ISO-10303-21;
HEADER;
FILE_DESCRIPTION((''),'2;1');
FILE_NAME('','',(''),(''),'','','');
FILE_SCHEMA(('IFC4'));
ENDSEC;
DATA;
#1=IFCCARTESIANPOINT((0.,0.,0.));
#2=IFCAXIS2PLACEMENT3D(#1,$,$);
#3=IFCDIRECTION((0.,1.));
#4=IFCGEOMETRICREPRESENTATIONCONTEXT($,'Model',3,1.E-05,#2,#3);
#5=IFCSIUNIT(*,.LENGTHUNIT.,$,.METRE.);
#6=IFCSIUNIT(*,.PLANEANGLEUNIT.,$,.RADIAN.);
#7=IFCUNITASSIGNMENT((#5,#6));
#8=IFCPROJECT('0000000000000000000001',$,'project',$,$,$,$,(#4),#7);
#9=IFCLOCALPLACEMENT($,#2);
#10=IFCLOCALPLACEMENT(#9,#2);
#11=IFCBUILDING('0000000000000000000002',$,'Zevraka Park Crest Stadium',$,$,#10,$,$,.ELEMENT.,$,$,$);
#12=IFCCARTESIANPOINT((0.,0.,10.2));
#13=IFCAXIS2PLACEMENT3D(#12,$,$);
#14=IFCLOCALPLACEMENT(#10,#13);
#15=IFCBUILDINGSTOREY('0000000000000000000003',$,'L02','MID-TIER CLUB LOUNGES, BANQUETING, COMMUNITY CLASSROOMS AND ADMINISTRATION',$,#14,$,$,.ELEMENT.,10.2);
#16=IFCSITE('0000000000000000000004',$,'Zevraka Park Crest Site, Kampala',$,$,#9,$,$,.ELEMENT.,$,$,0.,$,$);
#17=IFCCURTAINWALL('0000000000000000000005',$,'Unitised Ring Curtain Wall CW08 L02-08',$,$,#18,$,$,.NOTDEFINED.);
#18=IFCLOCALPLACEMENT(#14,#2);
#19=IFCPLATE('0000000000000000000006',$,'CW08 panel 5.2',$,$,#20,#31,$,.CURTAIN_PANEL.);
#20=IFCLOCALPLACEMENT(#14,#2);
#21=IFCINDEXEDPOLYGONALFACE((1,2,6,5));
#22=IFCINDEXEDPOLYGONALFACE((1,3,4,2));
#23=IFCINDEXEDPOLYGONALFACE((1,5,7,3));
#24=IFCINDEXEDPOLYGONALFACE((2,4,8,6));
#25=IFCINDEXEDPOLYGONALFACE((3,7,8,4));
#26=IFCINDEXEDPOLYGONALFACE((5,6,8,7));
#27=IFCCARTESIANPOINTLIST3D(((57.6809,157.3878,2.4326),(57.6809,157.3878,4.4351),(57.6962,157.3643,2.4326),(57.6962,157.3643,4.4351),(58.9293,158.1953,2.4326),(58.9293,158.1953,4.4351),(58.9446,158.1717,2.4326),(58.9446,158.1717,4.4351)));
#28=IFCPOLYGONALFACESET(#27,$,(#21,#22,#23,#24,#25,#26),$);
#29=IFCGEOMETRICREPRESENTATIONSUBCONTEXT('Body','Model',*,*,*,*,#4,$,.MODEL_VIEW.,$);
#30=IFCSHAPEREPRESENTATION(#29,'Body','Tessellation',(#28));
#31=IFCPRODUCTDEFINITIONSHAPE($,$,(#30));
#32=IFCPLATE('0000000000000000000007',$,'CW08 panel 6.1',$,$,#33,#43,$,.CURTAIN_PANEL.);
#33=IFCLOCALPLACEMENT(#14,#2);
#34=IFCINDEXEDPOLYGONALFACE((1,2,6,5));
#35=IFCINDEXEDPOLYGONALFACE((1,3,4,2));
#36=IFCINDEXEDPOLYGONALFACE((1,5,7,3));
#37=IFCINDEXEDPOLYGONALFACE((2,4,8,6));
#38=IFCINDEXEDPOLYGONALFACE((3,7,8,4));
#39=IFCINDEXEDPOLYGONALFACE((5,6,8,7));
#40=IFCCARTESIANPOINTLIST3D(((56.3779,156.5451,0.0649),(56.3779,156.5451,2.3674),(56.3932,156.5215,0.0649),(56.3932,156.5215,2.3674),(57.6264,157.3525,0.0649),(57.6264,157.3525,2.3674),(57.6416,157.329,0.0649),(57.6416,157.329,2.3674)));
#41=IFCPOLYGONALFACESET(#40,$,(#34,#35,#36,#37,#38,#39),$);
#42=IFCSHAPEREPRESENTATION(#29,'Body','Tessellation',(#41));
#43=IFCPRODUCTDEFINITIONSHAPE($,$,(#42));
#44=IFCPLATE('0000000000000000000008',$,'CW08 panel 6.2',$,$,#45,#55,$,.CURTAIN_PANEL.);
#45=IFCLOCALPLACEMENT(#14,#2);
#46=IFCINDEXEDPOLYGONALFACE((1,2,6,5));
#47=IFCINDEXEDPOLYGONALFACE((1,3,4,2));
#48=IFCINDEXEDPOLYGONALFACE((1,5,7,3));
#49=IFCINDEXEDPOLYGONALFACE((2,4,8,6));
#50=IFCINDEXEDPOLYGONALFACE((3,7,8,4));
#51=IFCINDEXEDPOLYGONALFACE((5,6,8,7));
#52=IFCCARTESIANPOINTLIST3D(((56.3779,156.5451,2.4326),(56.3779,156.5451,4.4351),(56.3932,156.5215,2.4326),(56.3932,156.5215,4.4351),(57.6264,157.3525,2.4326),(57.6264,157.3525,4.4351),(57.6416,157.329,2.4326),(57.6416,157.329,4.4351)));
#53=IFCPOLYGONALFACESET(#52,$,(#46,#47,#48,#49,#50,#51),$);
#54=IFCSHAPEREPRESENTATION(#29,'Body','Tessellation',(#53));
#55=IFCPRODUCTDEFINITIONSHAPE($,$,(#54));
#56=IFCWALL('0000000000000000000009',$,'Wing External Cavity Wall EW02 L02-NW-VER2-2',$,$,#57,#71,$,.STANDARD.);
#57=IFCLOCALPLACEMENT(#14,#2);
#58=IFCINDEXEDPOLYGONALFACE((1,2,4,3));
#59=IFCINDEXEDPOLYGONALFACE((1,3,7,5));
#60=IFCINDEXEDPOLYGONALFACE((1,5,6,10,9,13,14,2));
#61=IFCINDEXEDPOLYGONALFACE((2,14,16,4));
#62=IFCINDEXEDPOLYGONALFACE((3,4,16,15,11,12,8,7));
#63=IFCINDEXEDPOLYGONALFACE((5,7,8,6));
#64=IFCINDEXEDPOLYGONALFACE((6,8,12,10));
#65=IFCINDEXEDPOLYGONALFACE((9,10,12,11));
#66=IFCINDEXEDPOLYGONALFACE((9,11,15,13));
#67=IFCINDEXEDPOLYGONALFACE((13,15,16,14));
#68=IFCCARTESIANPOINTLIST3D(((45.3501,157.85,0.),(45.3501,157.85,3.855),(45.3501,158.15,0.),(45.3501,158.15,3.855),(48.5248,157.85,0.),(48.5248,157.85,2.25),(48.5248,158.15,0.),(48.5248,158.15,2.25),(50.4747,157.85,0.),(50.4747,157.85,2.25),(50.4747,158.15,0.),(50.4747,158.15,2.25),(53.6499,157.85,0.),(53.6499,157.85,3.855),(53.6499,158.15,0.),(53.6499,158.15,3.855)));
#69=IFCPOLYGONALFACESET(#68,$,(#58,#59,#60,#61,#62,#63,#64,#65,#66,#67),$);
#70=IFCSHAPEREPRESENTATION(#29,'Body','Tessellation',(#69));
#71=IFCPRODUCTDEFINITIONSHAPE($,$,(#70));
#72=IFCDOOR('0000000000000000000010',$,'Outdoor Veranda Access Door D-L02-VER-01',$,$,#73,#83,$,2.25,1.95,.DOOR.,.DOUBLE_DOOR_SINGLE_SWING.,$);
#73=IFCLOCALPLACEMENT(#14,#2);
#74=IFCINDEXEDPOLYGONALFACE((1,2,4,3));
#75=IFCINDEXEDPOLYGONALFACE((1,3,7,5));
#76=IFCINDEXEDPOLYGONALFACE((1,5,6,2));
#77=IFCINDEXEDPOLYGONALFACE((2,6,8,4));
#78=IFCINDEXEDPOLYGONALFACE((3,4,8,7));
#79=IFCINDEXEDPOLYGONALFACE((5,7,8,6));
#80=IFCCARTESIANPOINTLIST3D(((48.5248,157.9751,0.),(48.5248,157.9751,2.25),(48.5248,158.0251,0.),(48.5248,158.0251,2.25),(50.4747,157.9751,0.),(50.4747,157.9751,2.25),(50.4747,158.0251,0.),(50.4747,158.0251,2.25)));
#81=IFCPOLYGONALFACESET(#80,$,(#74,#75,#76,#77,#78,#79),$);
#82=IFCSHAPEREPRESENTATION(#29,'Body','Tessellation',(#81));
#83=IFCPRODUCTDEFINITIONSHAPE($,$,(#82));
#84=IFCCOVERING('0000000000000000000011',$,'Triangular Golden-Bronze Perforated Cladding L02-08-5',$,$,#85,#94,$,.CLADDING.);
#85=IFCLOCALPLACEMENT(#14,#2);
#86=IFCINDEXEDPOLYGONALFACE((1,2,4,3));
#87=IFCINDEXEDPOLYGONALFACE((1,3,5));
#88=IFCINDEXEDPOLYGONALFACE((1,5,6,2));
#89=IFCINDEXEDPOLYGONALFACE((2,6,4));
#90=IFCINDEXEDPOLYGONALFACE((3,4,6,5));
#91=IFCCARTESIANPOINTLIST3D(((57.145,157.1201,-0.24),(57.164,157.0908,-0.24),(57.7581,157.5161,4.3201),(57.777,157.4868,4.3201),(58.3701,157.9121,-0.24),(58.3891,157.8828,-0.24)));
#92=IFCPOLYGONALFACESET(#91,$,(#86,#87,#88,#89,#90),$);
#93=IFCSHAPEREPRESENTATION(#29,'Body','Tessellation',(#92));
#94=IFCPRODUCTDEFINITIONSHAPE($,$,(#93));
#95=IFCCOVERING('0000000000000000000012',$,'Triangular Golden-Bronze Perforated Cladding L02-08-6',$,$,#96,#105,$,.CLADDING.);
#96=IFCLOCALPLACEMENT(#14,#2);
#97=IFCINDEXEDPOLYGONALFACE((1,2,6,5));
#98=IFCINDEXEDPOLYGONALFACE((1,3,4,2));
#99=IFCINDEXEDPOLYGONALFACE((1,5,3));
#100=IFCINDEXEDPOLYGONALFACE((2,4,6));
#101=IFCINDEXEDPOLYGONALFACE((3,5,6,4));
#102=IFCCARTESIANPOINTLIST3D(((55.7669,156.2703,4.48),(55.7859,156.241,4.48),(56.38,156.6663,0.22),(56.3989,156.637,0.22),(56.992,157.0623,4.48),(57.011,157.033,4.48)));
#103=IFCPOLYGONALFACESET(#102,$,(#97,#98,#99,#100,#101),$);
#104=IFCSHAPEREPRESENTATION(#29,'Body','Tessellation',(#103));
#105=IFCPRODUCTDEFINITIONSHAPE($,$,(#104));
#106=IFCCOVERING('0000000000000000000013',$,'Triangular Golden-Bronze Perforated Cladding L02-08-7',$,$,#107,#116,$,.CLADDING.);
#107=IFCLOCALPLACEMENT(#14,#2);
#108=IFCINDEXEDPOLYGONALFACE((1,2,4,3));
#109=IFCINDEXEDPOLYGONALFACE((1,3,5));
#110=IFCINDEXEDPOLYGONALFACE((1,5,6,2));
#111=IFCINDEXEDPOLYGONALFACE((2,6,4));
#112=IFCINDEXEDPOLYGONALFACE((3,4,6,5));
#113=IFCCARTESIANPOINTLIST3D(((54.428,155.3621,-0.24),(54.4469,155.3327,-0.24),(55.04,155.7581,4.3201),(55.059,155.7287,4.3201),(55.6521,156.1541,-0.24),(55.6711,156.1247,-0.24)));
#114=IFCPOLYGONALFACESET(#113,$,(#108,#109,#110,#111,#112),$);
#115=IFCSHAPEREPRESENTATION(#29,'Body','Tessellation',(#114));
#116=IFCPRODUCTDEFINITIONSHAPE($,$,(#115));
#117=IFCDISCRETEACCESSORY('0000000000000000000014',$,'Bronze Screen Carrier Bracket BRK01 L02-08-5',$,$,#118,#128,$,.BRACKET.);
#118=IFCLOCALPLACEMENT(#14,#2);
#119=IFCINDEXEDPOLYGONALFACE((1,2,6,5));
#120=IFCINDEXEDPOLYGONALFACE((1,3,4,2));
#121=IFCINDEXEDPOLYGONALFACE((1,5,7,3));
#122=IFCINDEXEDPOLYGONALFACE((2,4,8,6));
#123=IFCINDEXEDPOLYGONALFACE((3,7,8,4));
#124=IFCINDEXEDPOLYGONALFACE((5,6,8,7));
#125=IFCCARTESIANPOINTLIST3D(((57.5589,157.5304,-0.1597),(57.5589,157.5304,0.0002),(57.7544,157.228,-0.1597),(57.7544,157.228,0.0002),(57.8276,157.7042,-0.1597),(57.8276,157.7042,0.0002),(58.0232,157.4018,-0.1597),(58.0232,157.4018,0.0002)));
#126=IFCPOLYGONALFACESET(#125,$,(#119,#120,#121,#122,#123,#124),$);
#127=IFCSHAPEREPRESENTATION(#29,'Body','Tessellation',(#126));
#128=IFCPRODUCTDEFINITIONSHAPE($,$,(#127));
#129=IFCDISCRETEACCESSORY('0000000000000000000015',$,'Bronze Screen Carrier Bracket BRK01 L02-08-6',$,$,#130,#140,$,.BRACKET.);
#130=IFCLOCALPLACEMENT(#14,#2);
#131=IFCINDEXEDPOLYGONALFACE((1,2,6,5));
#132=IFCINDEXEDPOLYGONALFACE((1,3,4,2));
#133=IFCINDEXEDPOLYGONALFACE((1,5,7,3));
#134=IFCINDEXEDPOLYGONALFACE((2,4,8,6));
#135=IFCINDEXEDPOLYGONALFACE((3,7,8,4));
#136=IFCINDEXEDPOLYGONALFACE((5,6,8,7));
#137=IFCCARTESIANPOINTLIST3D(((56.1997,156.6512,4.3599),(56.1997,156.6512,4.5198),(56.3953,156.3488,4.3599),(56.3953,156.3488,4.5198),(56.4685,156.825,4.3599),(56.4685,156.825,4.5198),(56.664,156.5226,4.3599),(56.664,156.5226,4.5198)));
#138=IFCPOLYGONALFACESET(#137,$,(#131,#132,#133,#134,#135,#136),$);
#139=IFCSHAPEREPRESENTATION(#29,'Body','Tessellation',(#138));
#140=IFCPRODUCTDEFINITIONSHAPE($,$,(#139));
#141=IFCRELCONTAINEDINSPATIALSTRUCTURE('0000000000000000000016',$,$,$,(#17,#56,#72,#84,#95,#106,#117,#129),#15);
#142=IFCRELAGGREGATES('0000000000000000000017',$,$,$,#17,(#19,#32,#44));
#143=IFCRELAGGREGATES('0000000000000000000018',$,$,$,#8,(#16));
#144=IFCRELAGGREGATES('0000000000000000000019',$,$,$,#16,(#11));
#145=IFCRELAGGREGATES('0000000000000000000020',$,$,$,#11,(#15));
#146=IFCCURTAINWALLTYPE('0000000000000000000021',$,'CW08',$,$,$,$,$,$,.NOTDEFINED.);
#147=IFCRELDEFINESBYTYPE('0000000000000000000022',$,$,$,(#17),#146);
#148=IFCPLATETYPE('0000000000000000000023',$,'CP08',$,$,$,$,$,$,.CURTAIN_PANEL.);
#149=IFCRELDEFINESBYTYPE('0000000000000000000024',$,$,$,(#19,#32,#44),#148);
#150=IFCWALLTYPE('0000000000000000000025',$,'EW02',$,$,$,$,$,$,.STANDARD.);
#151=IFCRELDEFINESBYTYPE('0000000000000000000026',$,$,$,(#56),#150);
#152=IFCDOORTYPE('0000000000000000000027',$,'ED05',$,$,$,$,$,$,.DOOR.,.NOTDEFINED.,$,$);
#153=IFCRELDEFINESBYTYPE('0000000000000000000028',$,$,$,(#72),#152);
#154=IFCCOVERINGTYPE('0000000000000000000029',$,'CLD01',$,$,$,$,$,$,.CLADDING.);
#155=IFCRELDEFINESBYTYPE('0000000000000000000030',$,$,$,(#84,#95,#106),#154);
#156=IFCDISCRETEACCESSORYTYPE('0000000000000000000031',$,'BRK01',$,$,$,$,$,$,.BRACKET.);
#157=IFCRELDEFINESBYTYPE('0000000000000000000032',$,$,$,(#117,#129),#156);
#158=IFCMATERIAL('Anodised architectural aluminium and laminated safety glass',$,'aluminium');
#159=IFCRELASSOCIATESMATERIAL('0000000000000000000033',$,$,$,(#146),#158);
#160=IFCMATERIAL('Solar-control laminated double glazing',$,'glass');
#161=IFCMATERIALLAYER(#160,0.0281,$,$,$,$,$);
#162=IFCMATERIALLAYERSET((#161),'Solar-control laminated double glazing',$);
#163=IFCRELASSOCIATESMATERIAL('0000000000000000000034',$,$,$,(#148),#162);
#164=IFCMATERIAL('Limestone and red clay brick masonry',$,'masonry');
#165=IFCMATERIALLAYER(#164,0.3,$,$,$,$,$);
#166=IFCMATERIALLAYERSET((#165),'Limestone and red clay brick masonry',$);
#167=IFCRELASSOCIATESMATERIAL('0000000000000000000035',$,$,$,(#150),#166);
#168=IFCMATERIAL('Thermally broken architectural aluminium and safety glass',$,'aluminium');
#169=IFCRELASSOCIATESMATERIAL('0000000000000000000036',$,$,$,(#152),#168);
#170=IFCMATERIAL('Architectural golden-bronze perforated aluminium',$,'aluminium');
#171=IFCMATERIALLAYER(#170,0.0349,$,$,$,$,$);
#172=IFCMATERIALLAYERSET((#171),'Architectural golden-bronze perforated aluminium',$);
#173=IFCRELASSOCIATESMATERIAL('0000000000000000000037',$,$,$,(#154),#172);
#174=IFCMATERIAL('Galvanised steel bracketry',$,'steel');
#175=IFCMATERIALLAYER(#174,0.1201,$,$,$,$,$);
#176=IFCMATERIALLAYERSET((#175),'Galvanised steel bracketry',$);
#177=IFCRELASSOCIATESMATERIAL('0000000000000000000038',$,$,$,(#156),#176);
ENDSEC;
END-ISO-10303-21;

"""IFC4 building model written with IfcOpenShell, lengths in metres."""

from ifc_helpers import new_model, si_unit, direction, frame, frame_2d, origin, origin_2d, place, context, subcontext, project, spatial, polyline, rectangle, outline, extrude, material, layer, layer_set, type_object, element, fill, aggregate, save


model = new_model("IFC4")

# Units and contexts
model_context = context("Model", 3, precision=1e-05, world=origin(), true_north=direction((0.0, 1.0)))
body_context = subcontext(model_context, "Body", "Model", "MODEL_VIEW")
ifc_project = project(units=[si_unit("LENGTHUNIT", "METRE"), si_unit("PLANEANGLEUNIT", "RADIAN")], contexts=[model_context])

# Site, building, storey
site_placement = place(None, origin())
site = spatial("IfcSite", under=ifc_project, at=site_placement, Name="Zevraka Park Crest Site, Kampala", CompositionType="ELEMENT", RefElevation=0.0)
building_placement = place(site_placement, origin())
building = spatial("IfcBuilding", under=site, at=building_placement, Name="Zevraka Park Crest Stadium", CompositionType="ELEMENT")
storey_placement = place(building_placement, frame((0.0, 0.0, 10.2)))
storey = spatial("IfcBuildingStorey", under=building, at=storey_placement, Name="L02", Description="MID-TIER CLUB LOUNGES, BANQUETING, COMMUNITY CLASSROOMS AND ADMINISTRATION", CompositionType="ELEMENT", Elevation=10.2)

# Curtain wall, plates
ifc_material_1 = material(Name="Anodised architectural aluminium and laminated safety glass", Category="aluminium")
curtain_wall_type = type_object("IfcCurtainWallType", Name="CW08", PredefinedType="NOTDEFINED", material=ifc_material_1)
curtain_wall_placement = place(storey_placement, origin())
curtain_wall = element("IfcCurtainWall", 1, at=curtain_wall_placement, inside=storey, type_object=curtain_wall_type, Name="Unitised Ring Curtain Wall CW08 L02-08", PredefinedType="NOTDEFINED")
ifc_material_2 = material(Name="Solar-control laminated double glazing", Category="glass")
ifc_layer_1 = layer(ifc_material_2, 0.0281)
ifc_layer_set_1 = layer_set([ifc_layer_1], Name="Solar-control laminated double glazing")
plate_type = type_object("IfcPlateType", Name="CP08", PredefinedType="CURTAIN_PANEL", material=ifc_layer_set_1)
plate_1_placement = place(storey_placement, frame((58.3127, 157.7798, 2.4326), z_axis=(0.0, 0.0, 1.0), x_axis=(-0.83967, -0.543096, 0.0)))
plate_1 = element("IfcPlate", 2, at=plate_1_placement, type_object=plate_type, Name="CW08 panel 5.2", PredefinedType="CURTAIN_PANEL", context=body_context, shape_type="SweptSolid", body=[
    extrude(rectangle(XDim=1.4868, YDim=0.0281, at=origin_2d()), origin(), (0.0, 0.0, 1.0), 2.0024),
])
plate_2_placement = place(storey_placement, frame((57.0098, 156.937, 0.0649), z_axis=(0.0, 0.0, 1.0), x_axis=(-0.83967, -0.543096, 0.0)))
plate_2 = element("IfcPlate", 3, at=plate_2_placement, type_object=plate_type, Name="CW08 panel 6.1", PredefinedType="CURTAIN_PANEL", context=body_context, shape_type="SweptSolid", body=[
    extrude(rectangle(XDim=1.4868, YDim=0.0281, at=origin_2d()), origin(), (0.0, 0.0, 1.0), 2.3025),
])
plate_3_placement = place(storey_placement, frame((57.0098, 156.937, 2.4326), z_axis=(0.0, 0.0, 1.0), x_axis=(-0.83967, -0.543096, 0.0)))
plate_3 = element("IfcPlate", 4, at=plate_3_placement, type_object=plate_type, Name="CW08 panel 6.2", PredefinedType="CURTAIN_PANEL", context=body_context, shape_type="SweptSolid", body=[
    extrude(rectangle(XDim=1.4868, YDim=0.0281, at=origin_2d()), origin(), (0.0, 0.0, 1.0), 2.0024),
])
aggregate(curtain_wall, [plate_1, plate_2, plate_3])

# Wall, opening, door
ifc_material_3 = material(Name="Limestone and red clay brick masonry", Category="masonry")
ifc_layer_2 = layer(ifc_material_3, 0.3)
ifc_layer_set_2 = layer_set([ifc_layer_2], Name="Limestone and red clay brick masonry")
wall_type = type_object("IfcWallType", Name="EW02", PredefinedType="STANDARD", material=ifc_layer_set_2)
wall_placement = place(storey_placement, frame((53.6499, 158.0, 0.0), z_axis=(0.0, 0.0, 1.0), x_axis=(-1.0, 0.0, 0.0)))
wall = element("IfcWall", 5, at=wall_placement, inside=storey, type_object=wall_type, Name="Wing External Cavity Wall EW02 L02-NW-VER2-2", PredefinedType="STANDARD", context=body_context, shape_type="SweptSolid", body=[
    extrude(rectangle(XDim=8.2998, YDim=0.3, at=frame_2d((4.1499, 0.0))), origin(), (0.0, 0.0, 1.0), 3.855),
])
opening_placement = place(wall_placement, frame((3.175, 0.0, 0.0)))
opening = element("IfcOpeningElement", 6, at=opening_placement, cuts=wall, PredefinedType="OPENING", context=body_context, shape_type="SweptSolid", body=[
    extrude(rectangle(XDim=1.95, YDim=2.25, at=frame_2d((0.9751, 1.125))), frame((0.0, 0.1599, 0.0), z_axis=(0.0, -1.0, 0.0), x_axis=(1.0, 0.0, 0.0)), (0.0, 0.0, 1.0), 0.3201),
])
ifc_material_4 = material(Name="Thermally broken architectural aluminium and safety glass", Category="aluminium")
door_type = type_object("IfcDoorType", Name="ED05", OperationType="NOTDEFINED", PredefinedType="DOOR", material=ifc_material_4)
door_placement = place(opening_placement, origin())
door = element("IfcDoor", 7, at=door_placement, inside=storey, type_object=door_type, Name="Outdoor Veranda Access Door D-L02-VER-01", OperationType="DOUBLE_DOOR_SINGLE_SWING", OverallHeight=2.25, OverallWidth=1.95, PredefinedType="DOOR", context=body_context, shape_type="SweptSolid", body=[
    extrude(rectangle(XDim=1.95, YDim=2.25, at=frame_2d((0.9751, 1.125))), frame((0.0, 0.0249, 0.0), z_axis=(0.0, -1.0, 0.0), x_axis=(1.0, 0.0, 0.0)), (0.0, 0.0, 1.0), 0.05),
])
fill(opening, door)

# Coverings
ifc_material_5 = material(Name="Architectural golden-bronze perforated aluminium", Category="aluminium")
ifc_layer_3 = layer(ifc_material_5, 0.0349)
ifc_layer_set_3 = layer_set([ifc_layer_3], Name="Architectural golden-bronze perforated aluminium")
covering_type = type_object("IfcCoveringType", Name="CLD01", PredefinedType="CLADDING", material=ifc_layer_set_3)
covering_1_placement = place(storey_placement, frame((58.3701, 157.9121, -0.24), z_axis=(-0.542904, 0.839795, 0.000058), x_axis=(-0.839795, -0.542904, 0.0)))
element("IfcCovering", 8, at=covering_1_placement, inside=storey, type_object=covering_type, Name="Triangular Golden-Bronze Perforated Cladding L02-08-5", PredefinedType="CLADDING", context=body_context, shape_type="SweptSolid", body=[
    extrude(outline(polyline([(0.0, 0.0), (1.4588, 0.0), (0.729, 4.5601), (0.0, 0.0)])), origin(), (0.0, 0.0, -1.0), 0.0349),
])
covering_2_placement = place(storey_placement, frame((55.7859, 156.241, 4.48), z_axis=(0.542904, -0.839795, 0.000062), x_axis=(0.839795, 0.542904, 0.0)))
element("IfcCovering", 9, at=covering_2_placement, inside=storey, type_object=covering_type, Name="Triangular Golden-Bronze Perforated Cladding L02-08-6", PredefinedType="CLADDING", context=body_context, shape_type="SweptSolid", body=[
    extrude(outline(polyline([(0.0, 0.0), (1.4588, 0.0), (0.7298, -4.26), (0.0, 0.0)])), origin(), (0.0, 0.0, -1.0), 0.0349),
])
covering_3_placement = place(storey_placement, frame((55.6521, 156.1541, -0.24), z_axis=(-0.54321, 0.839597, 0.0), x_axis=(-0.839597, -0.54321, 0.0)))
element("IfcCovering", 10, at=covering_3_placement, inside=storey, type_object=covering_type, Name="Triangular Golden-Bronze Perforated Cladding L02-08-7", PredefinedType="CLADDING", context=body_context, shape_type="SweptSolid", body=[
    extrude(outline(polyline([(0.0, 0.0), (1.458, 0.0), (0.729, 4.5601), (0.0, 0.0)])), origin(), (0.0, 0.0, -1.0), 0.0349),
])

# Discrete accessories
ifc_material_6 = material(Name="Galvanised steel bracketry", Category="steel")
ifc_layer_4 = layer(ifc_material_6, 0.1201)
ifc_layer_set_4 = layer_set([ifc_layer_4], Name="Galvanised steel bracketry")
discrete_accessory_type = type_object("IfcDiscreteAccessoryType", Name="BRK01", PredefinedType="BRACKET", material=ifc_layer_set_4)
for number, where, z_axis, x_axis, name in (
    (11, (57.791, 157.4661, -0.1597), (0.0, 0.0, 1.0), (-0.839715, -0.543028, 0.0), "Bronze Screen Carrier Bracket BRK01 L02-08-5"),
    (12, (56.4319, 156.5869, 4.3599), (0.0, 0.0, 1.0), (-0.839715, -0.543028, 0.0), "Bronze Screen Carrier Bracket BRK01 L02-08-6"),
):
    element("IfcDiscreteAccessory", number, at=place(storey_placement, frame(where, z_axis=z_axis, x_axis=x_axis)), inside=storey, type_object=discrete_accessory_type, Name=name, PredefinedType="BRACKET", context=body_context, shape_type="SweptSolid", body=[
        extrude(rectangle(XDim=0.3201, YDim=0.3601, at=origin_2d()), origin(), (0.0, 0.0, 1.0), 0.1599),
    ])

save(model, "model.ifc")
